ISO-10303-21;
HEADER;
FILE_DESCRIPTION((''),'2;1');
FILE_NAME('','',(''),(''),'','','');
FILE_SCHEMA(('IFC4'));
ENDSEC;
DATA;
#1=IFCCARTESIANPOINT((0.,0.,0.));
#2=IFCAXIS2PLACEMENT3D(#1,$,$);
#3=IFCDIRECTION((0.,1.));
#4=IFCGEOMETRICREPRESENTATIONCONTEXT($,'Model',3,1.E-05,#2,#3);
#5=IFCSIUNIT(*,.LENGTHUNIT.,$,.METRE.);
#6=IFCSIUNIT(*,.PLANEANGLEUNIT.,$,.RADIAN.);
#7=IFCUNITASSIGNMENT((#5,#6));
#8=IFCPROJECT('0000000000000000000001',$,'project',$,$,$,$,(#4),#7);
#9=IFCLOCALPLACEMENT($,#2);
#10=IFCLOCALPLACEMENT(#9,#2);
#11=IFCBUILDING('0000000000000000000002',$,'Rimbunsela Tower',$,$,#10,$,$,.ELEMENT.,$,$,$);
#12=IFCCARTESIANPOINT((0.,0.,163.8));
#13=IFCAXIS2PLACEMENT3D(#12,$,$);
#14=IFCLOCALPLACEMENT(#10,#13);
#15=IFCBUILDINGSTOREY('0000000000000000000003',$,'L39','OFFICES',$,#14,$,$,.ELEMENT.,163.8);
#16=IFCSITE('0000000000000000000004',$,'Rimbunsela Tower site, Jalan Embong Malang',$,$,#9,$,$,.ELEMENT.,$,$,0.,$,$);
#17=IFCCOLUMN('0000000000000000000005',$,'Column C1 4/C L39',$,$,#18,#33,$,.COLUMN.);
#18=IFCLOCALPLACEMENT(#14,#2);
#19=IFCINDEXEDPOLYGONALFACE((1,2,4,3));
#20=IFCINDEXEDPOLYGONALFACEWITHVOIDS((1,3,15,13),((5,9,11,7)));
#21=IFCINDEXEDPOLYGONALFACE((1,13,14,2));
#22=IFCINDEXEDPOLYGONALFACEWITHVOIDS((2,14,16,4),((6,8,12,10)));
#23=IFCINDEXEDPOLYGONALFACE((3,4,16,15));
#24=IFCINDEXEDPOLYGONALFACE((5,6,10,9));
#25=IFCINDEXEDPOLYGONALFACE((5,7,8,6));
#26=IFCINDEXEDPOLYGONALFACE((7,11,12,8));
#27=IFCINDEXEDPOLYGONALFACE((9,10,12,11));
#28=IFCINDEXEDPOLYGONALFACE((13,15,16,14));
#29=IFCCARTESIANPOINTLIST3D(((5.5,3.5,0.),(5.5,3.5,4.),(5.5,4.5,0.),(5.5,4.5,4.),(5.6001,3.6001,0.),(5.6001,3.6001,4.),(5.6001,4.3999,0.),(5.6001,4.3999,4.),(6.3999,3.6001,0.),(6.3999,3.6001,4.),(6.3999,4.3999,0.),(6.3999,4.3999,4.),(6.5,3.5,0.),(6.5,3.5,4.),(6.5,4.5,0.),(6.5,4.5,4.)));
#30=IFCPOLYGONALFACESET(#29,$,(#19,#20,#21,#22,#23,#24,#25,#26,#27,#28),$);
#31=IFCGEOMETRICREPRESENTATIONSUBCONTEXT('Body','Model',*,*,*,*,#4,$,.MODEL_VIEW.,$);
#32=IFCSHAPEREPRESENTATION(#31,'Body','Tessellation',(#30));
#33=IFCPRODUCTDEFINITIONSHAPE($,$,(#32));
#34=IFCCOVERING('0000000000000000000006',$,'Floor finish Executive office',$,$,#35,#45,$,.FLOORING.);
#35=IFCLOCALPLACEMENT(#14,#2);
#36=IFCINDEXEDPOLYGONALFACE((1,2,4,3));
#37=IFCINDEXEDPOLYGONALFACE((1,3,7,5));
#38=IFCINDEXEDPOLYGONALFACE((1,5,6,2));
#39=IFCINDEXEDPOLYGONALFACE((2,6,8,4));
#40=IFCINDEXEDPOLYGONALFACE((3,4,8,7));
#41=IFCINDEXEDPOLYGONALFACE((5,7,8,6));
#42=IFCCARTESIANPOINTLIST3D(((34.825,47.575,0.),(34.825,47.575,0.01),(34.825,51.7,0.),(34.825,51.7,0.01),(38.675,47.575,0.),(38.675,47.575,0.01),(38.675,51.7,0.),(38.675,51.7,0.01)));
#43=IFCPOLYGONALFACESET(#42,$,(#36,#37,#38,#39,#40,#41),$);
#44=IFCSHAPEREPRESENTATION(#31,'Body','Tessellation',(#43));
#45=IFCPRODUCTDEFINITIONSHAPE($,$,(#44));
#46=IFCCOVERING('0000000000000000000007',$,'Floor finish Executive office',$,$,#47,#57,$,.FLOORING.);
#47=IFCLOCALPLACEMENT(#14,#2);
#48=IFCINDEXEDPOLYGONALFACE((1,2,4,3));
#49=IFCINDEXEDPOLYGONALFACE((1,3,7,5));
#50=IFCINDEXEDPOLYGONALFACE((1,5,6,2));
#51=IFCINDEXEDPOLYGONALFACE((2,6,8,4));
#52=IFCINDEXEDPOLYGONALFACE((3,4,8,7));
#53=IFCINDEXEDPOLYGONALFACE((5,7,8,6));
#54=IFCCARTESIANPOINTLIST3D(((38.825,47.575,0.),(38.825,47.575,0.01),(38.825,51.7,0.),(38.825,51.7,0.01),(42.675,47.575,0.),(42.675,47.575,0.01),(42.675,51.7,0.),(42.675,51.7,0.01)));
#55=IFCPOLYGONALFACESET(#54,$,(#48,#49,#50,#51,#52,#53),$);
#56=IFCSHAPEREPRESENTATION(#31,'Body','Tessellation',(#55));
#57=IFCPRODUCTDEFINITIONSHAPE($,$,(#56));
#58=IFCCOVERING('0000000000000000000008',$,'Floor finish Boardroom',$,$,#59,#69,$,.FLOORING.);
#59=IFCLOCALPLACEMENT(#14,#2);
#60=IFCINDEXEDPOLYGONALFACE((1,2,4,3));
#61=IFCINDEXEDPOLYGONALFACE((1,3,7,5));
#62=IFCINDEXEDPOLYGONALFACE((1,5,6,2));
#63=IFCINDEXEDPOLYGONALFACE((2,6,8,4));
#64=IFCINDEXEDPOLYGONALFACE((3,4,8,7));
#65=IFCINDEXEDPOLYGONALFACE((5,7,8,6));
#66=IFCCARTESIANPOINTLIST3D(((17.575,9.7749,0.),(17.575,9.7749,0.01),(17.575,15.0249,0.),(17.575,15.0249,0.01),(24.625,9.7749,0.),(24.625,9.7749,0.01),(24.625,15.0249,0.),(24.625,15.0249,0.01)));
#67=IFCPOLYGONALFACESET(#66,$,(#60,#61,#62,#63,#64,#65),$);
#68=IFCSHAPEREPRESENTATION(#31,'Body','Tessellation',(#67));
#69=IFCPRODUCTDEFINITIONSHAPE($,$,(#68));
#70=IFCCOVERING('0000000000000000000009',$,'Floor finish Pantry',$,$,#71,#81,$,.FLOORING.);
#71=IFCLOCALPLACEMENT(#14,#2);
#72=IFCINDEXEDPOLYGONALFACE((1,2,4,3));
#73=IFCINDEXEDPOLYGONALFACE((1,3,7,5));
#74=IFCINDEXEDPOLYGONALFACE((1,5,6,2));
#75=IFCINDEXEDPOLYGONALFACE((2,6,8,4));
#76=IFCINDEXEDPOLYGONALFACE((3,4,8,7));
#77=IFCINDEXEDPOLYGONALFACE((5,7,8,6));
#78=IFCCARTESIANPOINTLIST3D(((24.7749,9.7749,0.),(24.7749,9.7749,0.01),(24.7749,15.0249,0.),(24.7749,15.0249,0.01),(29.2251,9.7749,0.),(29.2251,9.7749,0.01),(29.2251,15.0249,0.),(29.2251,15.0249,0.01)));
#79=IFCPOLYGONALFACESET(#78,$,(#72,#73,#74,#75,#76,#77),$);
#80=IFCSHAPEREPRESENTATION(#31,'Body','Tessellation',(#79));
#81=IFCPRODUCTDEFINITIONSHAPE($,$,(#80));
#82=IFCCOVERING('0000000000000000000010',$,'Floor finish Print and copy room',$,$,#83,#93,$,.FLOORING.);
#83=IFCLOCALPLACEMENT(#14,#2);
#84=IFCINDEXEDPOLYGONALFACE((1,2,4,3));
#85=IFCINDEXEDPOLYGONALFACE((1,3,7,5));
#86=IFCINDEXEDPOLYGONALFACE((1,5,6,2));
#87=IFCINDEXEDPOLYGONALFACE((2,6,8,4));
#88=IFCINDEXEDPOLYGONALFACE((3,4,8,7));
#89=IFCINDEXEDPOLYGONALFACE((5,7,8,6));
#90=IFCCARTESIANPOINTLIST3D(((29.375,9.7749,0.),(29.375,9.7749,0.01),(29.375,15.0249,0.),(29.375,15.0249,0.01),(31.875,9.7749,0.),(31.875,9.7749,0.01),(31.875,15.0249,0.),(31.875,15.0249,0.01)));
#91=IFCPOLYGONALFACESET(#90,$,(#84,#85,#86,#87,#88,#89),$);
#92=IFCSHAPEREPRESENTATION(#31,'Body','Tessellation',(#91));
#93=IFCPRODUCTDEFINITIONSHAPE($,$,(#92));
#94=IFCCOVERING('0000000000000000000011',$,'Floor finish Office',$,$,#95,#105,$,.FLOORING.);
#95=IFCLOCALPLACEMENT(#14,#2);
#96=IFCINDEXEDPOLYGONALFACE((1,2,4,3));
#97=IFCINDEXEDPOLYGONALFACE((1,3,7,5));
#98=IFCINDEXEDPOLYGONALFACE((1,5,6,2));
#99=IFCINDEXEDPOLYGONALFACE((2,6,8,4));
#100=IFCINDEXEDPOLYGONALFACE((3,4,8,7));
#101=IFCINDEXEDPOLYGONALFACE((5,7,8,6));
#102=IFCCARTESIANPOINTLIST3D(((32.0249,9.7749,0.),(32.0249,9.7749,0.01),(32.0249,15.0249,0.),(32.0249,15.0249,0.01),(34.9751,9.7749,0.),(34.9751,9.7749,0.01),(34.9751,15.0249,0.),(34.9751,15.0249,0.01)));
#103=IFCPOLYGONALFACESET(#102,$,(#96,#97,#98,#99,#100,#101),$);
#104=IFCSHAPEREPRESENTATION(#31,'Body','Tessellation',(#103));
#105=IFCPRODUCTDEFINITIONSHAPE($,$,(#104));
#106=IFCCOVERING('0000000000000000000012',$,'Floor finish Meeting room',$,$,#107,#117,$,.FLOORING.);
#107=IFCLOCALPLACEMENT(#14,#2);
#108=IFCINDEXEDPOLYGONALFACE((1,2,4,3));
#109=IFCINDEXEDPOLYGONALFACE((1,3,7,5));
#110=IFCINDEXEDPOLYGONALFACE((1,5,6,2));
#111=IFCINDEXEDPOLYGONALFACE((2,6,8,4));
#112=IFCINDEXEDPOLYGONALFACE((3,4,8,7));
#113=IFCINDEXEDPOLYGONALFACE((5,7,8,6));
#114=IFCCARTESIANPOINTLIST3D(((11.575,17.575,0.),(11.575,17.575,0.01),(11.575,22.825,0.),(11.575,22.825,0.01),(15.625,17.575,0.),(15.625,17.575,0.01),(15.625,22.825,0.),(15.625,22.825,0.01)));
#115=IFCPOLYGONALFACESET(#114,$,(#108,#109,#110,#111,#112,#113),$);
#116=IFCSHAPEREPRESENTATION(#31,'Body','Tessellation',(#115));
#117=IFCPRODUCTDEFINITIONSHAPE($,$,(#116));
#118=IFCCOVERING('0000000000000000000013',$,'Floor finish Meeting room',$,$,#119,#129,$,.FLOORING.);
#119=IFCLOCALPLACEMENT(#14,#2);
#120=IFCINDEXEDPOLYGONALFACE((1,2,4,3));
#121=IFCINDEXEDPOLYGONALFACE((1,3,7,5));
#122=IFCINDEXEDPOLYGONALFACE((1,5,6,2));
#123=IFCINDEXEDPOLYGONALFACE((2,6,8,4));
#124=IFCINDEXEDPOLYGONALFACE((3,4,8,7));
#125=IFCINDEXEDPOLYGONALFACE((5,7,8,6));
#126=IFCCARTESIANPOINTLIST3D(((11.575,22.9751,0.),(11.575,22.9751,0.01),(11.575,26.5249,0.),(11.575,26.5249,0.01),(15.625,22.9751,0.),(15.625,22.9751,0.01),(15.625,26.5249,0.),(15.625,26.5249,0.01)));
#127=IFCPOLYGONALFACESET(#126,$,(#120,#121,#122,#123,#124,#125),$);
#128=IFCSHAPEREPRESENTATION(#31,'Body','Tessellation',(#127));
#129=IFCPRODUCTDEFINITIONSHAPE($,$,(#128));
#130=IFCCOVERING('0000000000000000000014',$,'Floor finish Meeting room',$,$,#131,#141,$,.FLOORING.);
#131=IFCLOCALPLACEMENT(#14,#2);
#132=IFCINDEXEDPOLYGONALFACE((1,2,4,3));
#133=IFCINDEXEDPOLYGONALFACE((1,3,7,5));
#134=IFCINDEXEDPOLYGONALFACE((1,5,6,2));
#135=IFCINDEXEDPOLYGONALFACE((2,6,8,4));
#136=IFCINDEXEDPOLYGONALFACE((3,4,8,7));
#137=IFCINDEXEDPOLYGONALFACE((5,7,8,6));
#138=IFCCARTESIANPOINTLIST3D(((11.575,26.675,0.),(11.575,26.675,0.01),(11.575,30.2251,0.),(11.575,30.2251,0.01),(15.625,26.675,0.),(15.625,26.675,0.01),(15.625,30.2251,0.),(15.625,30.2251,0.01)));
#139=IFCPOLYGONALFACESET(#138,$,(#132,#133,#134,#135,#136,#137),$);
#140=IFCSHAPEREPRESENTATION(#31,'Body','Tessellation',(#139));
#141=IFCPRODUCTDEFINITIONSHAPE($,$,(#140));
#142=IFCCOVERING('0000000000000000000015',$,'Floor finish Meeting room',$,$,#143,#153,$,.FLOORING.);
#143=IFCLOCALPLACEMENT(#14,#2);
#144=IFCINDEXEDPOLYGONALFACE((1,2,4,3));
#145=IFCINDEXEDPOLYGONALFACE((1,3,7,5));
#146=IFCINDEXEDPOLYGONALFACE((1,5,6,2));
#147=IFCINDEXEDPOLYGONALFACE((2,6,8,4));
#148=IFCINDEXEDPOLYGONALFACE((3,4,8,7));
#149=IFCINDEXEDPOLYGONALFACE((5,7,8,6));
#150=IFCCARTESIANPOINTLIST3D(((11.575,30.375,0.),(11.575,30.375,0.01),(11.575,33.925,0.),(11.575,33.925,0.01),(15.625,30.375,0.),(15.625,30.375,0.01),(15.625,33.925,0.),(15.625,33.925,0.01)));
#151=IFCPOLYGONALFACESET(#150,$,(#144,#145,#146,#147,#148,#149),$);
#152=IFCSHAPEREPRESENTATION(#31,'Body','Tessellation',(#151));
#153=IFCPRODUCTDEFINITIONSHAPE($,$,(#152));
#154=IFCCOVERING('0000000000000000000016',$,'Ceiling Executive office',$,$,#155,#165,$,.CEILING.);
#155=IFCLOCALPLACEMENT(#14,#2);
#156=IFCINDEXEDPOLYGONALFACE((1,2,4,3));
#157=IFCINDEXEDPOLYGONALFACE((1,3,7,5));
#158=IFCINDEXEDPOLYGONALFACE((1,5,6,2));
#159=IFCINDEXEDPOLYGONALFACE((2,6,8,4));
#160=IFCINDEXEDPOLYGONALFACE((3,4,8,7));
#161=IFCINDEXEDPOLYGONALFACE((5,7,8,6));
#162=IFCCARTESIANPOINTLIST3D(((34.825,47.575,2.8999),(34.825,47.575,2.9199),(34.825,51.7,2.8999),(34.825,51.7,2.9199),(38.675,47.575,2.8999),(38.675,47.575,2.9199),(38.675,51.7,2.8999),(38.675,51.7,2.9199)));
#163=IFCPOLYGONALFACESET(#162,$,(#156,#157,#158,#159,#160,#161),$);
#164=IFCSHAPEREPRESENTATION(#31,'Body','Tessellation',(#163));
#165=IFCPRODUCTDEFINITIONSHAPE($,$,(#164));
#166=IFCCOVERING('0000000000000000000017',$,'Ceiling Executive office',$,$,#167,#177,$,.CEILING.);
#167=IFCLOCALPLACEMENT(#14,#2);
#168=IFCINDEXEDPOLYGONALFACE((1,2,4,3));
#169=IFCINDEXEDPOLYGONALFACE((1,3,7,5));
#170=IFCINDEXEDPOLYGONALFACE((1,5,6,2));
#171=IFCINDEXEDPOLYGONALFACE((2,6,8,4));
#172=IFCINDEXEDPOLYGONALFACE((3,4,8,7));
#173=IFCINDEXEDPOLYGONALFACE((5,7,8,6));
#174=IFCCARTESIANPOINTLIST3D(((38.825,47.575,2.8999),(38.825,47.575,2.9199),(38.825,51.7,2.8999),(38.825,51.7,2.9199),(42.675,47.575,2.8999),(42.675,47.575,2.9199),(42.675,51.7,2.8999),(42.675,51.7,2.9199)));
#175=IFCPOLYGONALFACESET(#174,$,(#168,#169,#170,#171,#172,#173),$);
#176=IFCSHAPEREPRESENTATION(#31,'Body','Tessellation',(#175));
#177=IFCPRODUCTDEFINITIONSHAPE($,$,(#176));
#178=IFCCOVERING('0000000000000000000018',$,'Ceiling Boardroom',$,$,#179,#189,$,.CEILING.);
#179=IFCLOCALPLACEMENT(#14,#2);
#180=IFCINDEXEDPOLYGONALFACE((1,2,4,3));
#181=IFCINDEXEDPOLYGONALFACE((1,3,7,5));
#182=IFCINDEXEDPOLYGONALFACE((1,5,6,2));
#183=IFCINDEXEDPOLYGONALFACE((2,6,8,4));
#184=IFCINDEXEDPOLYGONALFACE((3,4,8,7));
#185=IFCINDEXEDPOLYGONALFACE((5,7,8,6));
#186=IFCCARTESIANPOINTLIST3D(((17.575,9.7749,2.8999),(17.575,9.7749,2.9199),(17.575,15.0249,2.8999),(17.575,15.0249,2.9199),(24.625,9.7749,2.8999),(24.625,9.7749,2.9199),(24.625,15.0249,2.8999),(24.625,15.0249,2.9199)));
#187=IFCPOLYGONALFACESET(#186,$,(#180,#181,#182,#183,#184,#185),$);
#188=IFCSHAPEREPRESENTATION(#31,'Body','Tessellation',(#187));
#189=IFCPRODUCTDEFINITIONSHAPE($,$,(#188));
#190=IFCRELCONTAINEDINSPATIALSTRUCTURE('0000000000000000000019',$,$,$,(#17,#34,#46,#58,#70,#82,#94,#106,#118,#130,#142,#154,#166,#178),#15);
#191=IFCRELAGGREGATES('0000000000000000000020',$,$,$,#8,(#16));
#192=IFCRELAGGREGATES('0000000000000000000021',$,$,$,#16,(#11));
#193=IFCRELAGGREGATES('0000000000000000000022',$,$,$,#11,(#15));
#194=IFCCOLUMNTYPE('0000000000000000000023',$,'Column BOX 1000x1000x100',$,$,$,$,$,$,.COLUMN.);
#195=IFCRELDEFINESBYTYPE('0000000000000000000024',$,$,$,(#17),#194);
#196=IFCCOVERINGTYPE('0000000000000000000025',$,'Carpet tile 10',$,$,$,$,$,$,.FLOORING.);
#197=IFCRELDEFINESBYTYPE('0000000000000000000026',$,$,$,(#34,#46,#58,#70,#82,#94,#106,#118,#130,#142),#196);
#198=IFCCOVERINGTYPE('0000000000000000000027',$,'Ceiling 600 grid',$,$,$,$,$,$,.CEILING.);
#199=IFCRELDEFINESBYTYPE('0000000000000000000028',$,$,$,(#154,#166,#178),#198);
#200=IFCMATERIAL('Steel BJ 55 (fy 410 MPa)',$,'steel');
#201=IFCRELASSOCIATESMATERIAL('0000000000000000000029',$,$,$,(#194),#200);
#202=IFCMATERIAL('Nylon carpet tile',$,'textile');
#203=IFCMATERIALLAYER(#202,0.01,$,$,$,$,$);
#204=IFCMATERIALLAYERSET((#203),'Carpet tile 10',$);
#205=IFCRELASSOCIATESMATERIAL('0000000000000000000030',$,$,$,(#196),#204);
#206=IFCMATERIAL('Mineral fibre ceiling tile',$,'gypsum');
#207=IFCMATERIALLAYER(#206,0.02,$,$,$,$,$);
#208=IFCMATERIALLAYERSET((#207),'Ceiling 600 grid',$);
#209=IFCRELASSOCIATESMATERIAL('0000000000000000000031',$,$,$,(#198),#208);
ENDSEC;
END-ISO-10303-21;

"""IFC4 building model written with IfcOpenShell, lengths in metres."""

from ifc_helpers import new_model, si_unit, direction, frame, origin, origin_2d, place, context, subcontext, project, spatial, polyline, hollow_rectangle, outline, extrude, material, layer, layer_set, material_profile, profile_set, type_object, element, save


model = new_model("IFC4")

# Units and contexts
model_context = context("Model", 3, precision=1e-05, world=origin(), true_north=direction((0.0, 1.0)))
body_context = subcontext(model_context, "Body", "Model", "MODEL_VIEW")
ifc_project = project(units=[si_unit("LENGTHUNIT", "METRE"), si_unit("PLANEANGLEUNIT", "RADIAN")], contexts=[model_context])

# Site, building, storey
site_placement = place(None, origin())
site = spatial("IfcSite", under=ifc_project, at=site_placement, Name="Rimbunsela Tower site, Jalan Embong Malang", CompositionType="ELEMENT", RefElevation=0.0)
building_placement = place(site_placement, origin())
building = spatial("IfcBuilding", under=site, at=building_placement, Name="Rimbunsela Tower", CompositionType="ELEMENT")
storey_placement = place(building_placement, frame((0.0, 0.0, 163.8)))
storey = spatial("IfcBuildingStorey", under=building, at=storey_placement, Name="L39", Description="OFFICES", CompositionType="ELEMENT", Elevation=163.8)

# Column
ifc_material_1 = material(Name="Steel BJ 55 (fy 410 MPa)", Category="steel")
ifc_material_profile = material_profile(ifc_material_1, hollow_rectangle(XDim=1.0, YDim=1.0, WallThickness=0.1001, at=origin_2d()), Name="BOX 1000x1000x100")
ifc_profile_set = profile_set([ifc_material_profile], Name="Steel BJ 55 (fy 410 MPa)")
column_type = type_object("IfcColumnType", Name="Column BOX 1000x1000x100", PredefinedType="COLUMN", material=ifc_profile_set)
column_placement = place(storey_placement, frame((6.0, 4.0, 0.0), z_axis=(0.0, 0.0, 1.0), x_axis=(1.0, 0.0, 0.0)))
element("IfcColumn", 1, at=column_placement, inside=storey, type_object=column_type, Name="Column C1 4/C L39", PredefinedType="COLUMN", context=body_context, shape_type="SweptSolid", body=[
    extrude(hollow_rectangle(XDim=1.0, YDim=1.0, WallThickness=0.1001, at=origin_2d()), origin(), (0.0, 0.0, 1.0), 4.0),
])

# Coverings
ifc_material_2 = material(Name="Nylon carpet tile", Category="textile")
ifc_layer_1 = layer(ifc_material_2, 0.01)
ifc_layer_set_1 = layer_set([ifc_layer_1], Name="Carpet tile 10")
covering_type_1 = type_object("IfcCoveringType", Name="Carpet tile 10", PredefinedType="FLOORING", material=ifc_layer_set_1)
covering_1_placement = place(storey_placement, origin())
element("IfcCovering", 2, at=covering_1_placement, inside=storey, type_object=covering_type_1, Name="Floor finish Executive office", PredefinedType="FLOORING", context=body_context, shape_type="SweptSolid", body=[
    extrude(outline(polyline([(38.675, 47.575), (38.675, 51.7), (34.825, 51.7), (34.825, 47.575), (38.675, 47.575)])), origin(), (0.0, 0.0, 1.0), 0.01),
])
covering_2_placement = place(storey_placement, origin())
element("IfcCovering", 3, at=covering_2_placement, inside=storey, type_object=covering_type_1, Name="Floor finish Executive office", PredefinedType="FLOORING", context=body_context, shape_type="SweptSolid", body=[
    extrude(outline(polyline([(42.675, 47.575), (42.675, 51.7), (38.825, 51.7), (38.825, 47.575), (42.675, 47.575)])), origin(), (0.0, 0.0, 1.0), 0.01),
])
covering_3_placement = place(storey_placement, origin())
element("IfcCovering", 4, at=covering_3_placement, inside=storey, type_object=covering_type_1, Name="Floor finish Boardroom", PredefinedType="FLOORING", context=body_context, shape_type="SweptSolid", body=[
    extrude(outline(polyline([(24.625, 9.7749), (24.625, 15.0249), (17.575, 15.0249), (17.575, 9.7749), (24.625, 9.7749)])), origin(), (0.0, 0.0, 1.0), 0.01),
])
covering_4_placement = place(storey_placement, origin())
element("IfcCovering", 5, at=covering_4_placement, inside=storey, type_object=covering_type_1, Name="Floor finish Pantry", PredefinedType="FLOORING", context=body_context, shape_type="SweptSolid", body=[
    extrude(outline(polyline([(29.2251, 9.7749), (29.2251, 15.0249), (24.7749, 15.0249), (24.7749, 9.7749), (29.2251, 9.7749)])), origin(), (0.0, 0.0, 1.0), 0.01),
])
covering_5_placement = place(storey_placement, origin())
element("IfcCovering", 6, at=covering_5_placement, inside=storey, type_object=covering_type_1, Name="Floor finish Print and copy room", PredefinedType="FLOORING", context=body_context, shape_type="SweptSolid", body=[
    extrude(outline(polyline([(31.875, 9.7749), (31.875, 15.0249), (29.375, 15.0249), (29.375, 9.7749), (31.875, 9.7749)])), origin(), (0.0, 0.0, 1.0), 0.01),
])
covering_6_placement = place(storey_placement, origin())
element("IfcCovering", 7, at=covering_6_placement, inside=storey, type_object=covering_type_1, Name="Floor finish Office", PredefinedType="FLOORING", context=body_context, shape_type="SweptSolid", body=[
    extrude(outline(polyline([(34.9751, 9.7749), (34.9751, 15.0249), (32.0249, 15.0249), (32.0249, 9.7749), (34.9751, 9.7749)])), origin(), (0.0, 0.0, 1.0), 0.01),
])
covering_7_placement = place(storey_placement, origin())
element("IfcCovering", 8, at=covering_7_placement, inside=storey, type_object=covering_type_1, Name="Floor finish Meeting room", PredefinedType="FLOORING", context=body_context, shape_type="SweptSolid", body=[
    extrude(outline(polyline([(15.625, 17.575), (15.625, 22.825), (11.575, 22.825), (11.575, 17.575), (15.625, 17.575)])), origin(), (0.0, 0.0, 1.0), 0.01),
])
covering_8_placement = place(storey_placement, origin())
element("IfcCovering", 9, at=covering_8_placement, inside=storey, type_object=covering_type_1, Name="Floor finish Meeting room", PredefinedType="FLOORING", context=body_context, shape_type="SweptSolid", body=[
    extrude(outline(polyline([(15.625, 22.9751), (15.625, 26.5249), (11.575, 26.5249), (11.575, 22.9751), (15.625, 22.9751)])), origin(), (0.0, 0.0, 1.0), 0.01),
])
covering_9_placement = place(storey_placement, origin())
element("IfcCovering", 10, at=covering_9_placement, inside=storey, type_object=covering_type_1, Name="Floor finish Meeting room", PredefinedType="FLOORING", context=body_context, shape_type="SweptSolid", body=[
    extrude(outline(polyline([(15.625, 26.675), (15.625, 30.2251), (11.575, 30.2251), (11.575, 26.675), (15.625, 26.675)])), origin(), (0.0, 0.0, 1.0), 0.01),
])
covering_10_placement = place(storey_placement, origin())
element("IfcCovering", 11, at=covering_10_placement, inside=storey, type_object=covering_type_1, Name="Floor finish Meeting room", PredefinedType="FLOORING", context=body_context, shape_type="SweptSolid", body=[
    extrude(outline(polyline([(15.625, 30.375), (15.625, 33.925), (11.575, 33.925), (11.575, 30.375), (15.625, 30.375)])), origin(), (0.0, 0.0, 1.0), 0.01),
])
ifc_material_3 = material(Name="Mineral fibre ceiling tile", Category="gypsum")
ifc_layer_2 = layer(ifc_material_3, 0.02)
ifc_layer_set_2 = layer_set([ifc_layer_2], Name="Ceiling 600 grid")
covering_type_2 = type_object("IfcCoveringType", Name="Ceiling 600 grid", PredefinedType="CEILING", material=ifc_layer_set_2)
covering_11_placement = place(storey_placement, frame((0.0, 0.0, 2.8999)))
element("IfcCovering", 12, at=covering_11_placement, inside=storey, type_object=covering_type_2, Name="Ceiling Executive office", PredefinedType="CEILING", context=body_context, shape_type="SweptSolid", body=[
    extrude(outline(polyline([(38.675, 47.575), (38.675, 51.7), (34.825, 51.7), (34.825, 47.575), (38.675, 47.575)])), origin(), (0.0, 0.0, 1.0), 0.02),
])
covering_12_placement = place(storey_placement, frame((0.0, 0.0, 2.8999)))
element("IfcCovering", 13, at=covering_12_placement, inside=storey, type_object=covering_type_2, Name="Ceiling Executive office", PredefinedType="CEILING", context=body_context, shape_type="SweptSolid", body=[
    extrude(outline(polyline([(42.675, 47.575), (42.675, 51.7), (38.825, 51.7), (38.825, 47.575), (42.675, 47.575)])), origin(), (0.0, 0.0, 1.0), 0.02),
])
covering_13_placement = place(storey_placement, frame((0.0, 0.0, 2.8999)))
element("IfcCovering", 14, at=covering_13_placement, inside=storey, type_object=covering_type_2, Name="Ceiling Boardroom", PredefinedType="CEILING", context=body_context, shape_type="SweptSolid", body=[
    extrude(outline(polyline([(24.625, 9.7749), (24.625, 15.0249), (17.575, 15.0249), (17.575, 9.7749), (24.625, 9.7749)])), origin(), (0.0, 0.0, 1.0), 0.02),
])

save(model, "model.ifc")
